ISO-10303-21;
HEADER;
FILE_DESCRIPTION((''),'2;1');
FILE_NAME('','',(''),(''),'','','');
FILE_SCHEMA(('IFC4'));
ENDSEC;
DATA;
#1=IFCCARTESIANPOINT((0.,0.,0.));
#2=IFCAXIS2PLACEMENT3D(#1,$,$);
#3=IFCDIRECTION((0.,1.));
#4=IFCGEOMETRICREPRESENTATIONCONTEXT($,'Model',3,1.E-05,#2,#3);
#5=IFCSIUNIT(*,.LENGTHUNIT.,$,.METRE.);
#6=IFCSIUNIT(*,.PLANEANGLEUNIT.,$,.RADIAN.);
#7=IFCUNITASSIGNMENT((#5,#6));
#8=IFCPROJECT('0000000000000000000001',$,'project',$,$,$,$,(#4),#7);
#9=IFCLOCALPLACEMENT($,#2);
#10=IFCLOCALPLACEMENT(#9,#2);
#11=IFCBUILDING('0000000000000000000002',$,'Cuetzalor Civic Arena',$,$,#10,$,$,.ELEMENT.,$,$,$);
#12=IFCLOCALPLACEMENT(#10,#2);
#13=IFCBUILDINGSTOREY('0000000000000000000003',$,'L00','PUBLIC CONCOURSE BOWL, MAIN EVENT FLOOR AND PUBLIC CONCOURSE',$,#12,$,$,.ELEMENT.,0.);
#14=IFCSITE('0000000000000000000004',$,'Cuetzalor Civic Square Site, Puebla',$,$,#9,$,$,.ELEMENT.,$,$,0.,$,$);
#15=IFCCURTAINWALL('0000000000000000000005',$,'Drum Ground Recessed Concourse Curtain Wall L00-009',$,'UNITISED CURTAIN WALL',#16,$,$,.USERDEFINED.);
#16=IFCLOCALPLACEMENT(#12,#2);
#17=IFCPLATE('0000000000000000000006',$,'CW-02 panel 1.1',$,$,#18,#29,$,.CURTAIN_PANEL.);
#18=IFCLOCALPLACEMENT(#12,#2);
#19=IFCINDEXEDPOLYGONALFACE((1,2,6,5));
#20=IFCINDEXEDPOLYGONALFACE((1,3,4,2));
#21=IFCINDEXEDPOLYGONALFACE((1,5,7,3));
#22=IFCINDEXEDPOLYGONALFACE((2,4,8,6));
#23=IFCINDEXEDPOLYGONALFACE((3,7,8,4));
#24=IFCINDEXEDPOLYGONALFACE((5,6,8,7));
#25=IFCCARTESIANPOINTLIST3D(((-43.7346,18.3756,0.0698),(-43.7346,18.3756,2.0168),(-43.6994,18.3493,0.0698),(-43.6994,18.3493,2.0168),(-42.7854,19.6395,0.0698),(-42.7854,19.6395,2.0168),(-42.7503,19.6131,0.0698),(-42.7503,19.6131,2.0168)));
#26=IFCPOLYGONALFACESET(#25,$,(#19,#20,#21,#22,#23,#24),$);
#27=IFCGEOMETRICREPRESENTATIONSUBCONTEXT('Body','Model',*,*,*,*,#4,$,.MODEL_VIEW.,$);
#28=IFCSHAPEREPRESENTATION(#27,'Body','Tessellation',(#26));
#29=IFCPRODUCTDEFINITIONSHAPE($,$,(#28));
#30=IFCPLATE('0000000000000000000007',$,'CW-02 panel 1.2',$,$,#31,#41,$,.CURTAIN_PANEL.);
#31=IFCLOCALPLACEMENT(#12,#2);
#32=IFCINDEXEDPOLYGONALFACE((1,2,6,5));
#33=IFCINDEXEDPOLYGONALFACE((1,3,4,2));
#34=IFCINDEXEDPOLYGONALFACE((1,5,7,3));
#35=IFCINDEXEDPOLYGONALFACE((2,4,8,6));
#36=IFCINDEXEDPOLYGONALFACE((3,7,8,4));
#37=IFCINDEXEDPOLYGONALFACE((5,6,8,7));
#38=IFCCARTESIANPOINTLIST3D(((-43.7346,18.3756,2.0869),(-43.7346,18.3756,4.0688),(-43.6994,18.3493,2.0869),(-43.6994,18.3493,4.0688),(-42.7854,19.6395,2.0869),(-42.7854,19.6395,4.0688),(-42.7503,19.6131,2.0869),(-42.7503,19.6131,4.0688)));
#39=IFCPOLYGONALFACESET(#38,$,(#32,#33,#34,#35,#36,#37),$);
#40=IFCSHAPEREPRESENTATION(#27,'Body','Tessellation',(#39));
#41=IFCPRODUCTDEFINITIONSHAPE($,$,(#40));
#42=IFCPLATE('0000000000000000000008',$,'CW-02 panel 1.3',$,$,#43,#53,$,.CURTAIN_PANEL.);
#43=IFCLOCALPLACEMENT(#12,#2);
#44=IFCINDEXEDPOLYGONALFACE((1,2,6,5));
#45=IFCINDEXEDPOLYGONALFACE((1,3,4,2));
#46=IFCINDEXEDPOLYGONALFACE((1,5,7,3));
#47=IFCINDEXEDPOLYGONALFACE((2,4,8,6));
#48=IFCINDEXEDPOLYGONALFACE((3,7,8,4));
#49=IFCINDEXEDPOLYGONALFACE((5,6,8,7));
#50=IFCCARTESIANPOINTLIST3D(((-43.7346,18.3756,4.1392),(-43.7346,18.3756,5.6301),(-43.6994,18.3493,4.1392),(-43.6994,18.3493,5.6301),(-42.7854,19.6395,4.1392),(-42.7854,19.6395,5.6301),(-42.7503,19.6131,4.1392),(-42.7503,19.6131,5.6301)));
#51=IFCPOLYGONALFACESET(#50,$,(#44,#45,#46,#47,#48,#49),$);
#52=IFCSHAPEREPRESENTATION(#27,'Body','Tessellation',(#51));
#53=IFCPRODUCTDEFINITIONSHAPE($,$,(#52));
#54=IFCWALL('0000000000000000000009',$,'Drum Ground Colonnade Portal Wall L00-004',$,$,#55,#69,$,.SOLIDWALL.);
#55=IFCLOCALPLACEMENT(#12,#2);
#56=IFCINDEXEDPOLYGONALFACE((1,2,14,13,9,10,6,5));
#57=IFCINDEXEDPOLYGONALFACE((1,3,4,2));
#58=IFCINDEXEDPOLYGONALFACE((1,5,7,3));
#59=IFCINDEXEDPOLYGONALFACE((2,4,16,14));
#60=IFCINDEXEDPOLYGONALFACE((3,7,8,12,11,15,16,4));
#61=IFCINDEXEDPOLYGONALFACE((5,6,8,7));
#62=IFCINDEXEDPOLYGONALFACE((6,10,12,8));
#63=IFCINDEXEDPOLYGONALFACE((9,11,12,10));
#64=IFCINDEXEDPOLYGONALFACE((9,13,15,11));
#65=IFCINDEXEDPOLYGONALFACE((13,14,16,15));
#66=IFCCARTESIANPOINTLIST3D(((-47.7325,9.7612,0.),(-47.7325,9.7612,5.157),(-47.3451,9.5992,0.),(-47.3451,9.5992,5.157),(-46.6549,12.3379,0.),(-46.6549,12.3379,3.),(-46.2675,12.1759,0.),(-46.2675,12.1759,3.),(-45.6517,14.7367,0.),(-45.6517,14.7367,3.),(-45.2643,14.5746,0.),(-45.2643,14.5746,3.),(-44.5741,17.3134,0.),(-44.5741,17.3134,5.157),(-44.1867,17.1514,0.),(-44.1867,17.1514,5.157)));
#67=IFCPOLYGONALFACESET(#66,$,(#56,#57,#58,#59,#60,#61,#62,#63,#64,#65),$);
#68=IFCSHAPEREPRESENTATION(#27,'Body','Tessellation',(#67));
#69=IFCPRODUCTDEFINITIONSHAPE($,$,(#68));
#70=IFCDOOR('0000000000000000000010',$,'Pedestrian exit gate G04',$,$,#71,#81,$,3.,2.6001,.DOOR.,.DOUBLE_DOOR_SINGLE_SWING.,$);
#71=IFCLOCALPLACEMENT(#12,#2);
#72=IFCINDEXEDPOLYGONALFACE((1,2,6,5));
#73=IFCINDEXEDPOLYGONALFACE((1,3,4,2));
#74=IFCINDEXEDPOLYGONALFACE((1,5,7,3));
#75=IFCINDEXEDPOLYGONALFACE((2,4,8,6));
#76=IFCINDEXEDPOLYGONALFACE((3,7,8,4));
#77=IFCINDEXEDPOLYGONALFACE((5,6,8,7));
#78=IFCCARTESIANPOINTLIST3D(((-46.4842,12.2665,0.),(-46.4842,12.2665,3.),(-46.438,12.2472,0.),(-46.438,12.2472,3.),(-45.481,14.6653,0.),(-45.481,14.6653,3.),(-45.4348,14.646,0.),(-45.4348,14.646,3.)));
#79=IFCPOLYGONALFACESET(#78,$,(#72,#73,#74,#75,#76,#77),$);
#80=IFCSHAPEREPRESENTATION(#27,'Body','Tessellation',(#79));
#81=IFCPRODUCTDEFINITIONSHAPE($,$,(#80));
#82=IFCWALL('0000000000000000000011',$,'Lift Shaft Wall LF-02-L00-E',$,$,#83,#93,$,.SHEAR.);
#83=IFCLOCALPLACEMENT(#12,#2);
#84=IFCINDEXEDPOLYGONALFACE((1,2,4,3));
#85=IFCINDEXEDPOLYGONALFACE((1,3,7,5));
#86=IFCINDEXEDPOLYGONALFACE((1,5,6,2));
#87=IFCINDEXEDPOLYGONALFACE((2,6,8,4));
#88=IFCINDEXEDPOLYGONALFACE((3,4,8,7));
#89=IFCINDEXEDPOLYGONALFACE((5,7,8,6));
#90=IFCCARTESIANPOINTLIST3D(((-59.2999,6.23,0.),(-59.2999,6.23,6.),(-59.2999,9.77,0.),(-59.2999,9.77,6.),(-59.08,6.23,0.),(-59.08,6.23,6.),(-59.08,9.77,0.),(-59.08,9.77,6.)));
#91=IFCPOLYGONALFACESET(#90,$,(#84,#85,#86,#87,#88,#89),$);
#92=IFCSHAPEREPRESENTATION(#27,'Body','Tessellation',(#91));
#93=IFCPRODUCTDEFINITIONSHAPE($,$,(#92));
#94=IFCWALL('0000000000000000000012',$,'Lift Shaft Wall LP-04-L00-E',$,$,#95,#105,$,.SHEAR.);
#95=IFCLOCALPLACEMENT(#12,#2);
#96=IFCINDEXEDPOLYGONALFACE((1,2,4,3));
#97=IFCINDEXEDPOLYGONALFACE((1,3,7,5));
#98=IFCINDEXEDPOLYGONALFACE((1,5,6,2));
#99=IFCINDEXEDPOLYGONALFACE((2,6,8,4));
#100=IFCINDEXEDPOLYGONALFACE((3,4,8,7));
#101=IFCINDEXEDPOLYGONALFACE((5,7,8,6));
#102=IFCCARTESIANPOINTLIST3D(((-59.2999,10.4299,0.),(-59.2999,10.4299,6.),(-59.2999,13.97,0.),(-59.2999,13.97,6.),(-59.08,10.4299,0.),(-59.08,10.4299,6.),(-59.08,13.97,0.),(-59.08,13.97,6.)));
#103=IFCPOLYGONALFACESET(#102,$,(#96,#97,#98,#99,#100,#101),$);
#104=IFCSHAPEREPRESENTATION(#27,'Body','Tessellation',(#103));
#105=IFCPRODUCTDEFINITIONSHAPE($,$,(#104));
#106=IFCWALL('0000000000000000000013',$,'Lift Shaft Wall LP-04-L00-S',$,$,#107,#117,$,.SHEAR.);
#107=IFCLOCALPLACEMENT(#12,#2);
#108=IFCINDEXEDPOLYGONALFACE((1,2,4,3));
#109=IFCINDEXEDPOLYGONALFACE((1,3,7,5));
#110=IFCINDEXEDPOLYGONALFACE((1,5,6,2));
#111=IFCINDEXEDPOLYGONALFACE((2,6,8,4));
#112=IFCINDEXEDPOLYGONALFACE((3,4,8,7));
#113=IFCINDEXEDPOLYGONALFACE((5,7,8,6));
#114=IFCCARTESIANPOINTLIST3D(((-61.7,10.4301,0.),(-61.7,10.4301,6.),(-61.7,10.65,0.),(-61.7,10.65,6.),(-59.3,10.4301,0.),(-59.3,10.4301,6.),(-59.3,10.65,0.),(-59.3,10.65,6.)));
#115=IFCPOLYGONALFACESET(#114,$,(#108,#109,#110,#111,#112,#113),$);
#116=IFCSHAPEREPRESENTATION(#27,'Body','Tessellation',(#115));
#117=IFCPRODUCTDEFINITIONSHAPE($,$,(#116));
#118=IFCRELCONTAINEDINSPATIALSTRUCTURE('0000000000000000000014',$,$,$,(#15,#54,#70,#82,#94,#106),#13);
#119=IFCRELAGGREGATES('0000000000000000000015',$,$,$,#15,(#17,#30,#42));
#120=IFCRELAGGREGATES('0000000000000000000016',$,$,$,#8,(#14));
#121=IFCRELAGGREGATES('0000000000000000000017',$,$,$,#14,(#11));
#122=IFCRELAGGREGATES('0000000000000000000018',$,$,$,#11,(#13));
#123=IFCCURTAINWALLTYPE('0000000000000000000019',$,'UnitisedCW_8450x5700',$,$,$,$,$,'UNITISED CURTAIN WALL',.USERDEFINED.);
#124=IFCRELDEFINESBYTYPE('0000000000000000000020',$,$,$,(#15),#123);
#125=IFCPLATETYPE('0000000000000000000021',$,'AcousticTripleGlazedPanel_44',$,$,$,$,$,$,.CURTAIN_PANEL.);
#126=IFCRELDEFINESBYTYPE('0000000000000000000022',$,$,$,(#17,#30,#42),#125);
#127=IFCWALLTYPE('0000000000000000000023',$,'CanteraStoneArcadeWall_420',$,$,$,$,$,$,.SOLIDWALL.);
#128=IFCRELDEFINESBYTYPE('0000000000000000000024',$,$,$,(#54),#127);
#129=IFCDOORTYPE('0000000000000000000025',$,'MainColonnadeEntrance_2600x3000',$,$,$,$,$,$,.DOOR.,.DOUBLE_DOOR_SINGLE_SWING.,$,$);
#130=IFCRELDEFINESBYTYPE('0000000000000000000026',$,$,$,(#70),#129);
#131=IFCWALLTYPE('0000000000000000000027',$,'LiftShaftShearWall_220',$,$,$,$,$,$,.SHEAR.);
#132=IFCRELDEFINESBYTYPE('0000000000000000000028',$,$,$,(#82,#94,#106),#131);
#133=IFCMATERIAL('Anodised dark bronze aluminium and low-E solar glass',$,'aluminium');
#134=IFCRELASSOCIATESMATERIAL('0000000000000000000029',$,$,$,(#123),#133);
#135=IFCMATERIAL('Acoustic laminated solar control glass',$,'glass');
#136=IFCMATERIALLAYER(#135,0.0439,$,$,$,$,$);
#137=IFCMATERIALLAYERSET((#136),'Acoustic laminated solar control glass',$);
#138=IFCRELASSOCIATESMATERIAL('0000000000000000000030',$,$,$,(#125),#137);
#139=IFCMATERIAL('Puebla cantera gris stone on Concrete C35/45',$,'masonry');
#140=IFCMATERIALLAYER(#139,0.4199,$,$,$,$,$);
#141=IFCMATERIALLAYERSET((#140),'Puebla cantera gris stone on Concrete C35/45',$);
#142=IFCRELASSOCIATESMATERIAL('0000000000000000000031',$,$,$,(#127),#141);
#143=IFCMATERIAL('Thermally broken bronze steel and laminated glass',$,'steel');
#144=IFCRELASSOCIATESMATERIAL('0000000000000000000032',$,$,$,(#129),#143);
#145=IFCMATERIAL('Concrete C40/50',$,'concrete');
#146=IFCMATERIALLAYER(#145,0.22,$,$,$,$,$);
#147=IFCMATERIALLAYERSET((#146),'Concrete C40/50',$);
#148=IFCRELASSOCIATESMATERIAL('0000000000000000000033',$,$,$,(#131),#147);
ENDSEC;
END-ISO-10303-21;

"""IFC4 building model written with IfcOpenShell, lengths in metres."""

from ifc_helpers import new_model, si_unit, direction, frame, frame_2d, origin, origin_2d, place, context, subcontext, project, spatial, rectangle, extrude, material, layer, layer_set, type_object, element, fill, aggregate, save


model = new_model("IFC4")

# Units and contexts
model_context = context("Model", 3, precision=1e-05, world=origin(), true_north=direction((0.0, 1.0)))
body_context = subcontext(model_context, "Body", "Model", "MODEL_VIEW")
ifc_project = project(units=[si_unit("LENGTHUNIT", "METRE"), si_unit("PLANEANGLEUNIT", "RADIAN")], contexts=[model_context])

# Site, building, storey
site_placement = place(None, origin())
site = spatial("IfcSite", under=ifc_project, at=site_placement, Name="Cuetzalor Civic Square Site, Puebla", CompositionType="ELEMENT", RefElevation=0.0)
building_placement = place(site_placement, origin())
building = spatial("IfcBuilding", under=site, at=building_placement, Name="Cuetzalor Civic Arena", CompositionType="ELEMENT")
storey_placement = place(building_placement, origin())
storey = spatial("IfcBuildingStorey", under=building, at=storey_placement, Name="L00", Description="PUBLIC CONCOURSE BOWL, MAIN EVENT FLOOR AND PUBLIC CONCOURSE", CompositionType="ELEMENT", Elevation=0.0)

# Curtain wall
ifc_material_1 = material(Name="Anodised dark bronze aluminium and low-E solar glass", Category="aluminium")
curtain_wall_type = type_object("IfcCurtainWallType", Name="UnitisedCW_8450x5700", ElementType="UNITISED CURTAIN WALL", PredefinedType="USERDEFINED", material=ifc_material_1)
curtain_wall_placement = place(storey_placement, origin())
curtain_wall = element("IfcCurtainWall", 1, at=curtain_wall_placement, inside=storey, type_object=curtain_wall_type, Name="Drum Ground Recessed Concourse Curtain Wall L00-009", ObjectType="UNITISED CURTAIN WALL", PredefinedType="USERDEFINED")

# Plates
ifc_material_2 = material(Name="Acoustic laminated solar control glass", Category="glass")
ifc_layer_1 = layer(ifc_material_2, 0.0439)
ifc_layer_set_1 = layer_set([ifc_layer_1], Name="Acoustic laminated solar control glass")
plate_type = type_object("IfcPlateType", Name="AcousticTripleGlazedPanel_44", PredefinedType="CURTAIN_PANEL", material=ifc_layer_set_1)
plate_1_placement = place(storey_placement, frame((-43.2424, 18.9944, 0.0698), z_axis=(0.0, 0.0, 1.0), x_axis=(0.600492, 0.799631, 0.0)))
plate_1 = element("IfcPlate", 2, at=plate_1_placement, type_object=plate_type, Name="CW-02 panel 1.1", PredefinedType="CURTAIN_PANEL", context=body_context, shape_type="SweptSolid", body=[
    extrude(rectangle(XDim=1.5806, YDim=0.0439, at=origin_2d()), origin(), (0.0, 0.0, 1.0), 1.947),
])
plate_2_placement = place(storey_placement, frame((-43.2424, 18.9944, 2.0869), z_axis=(0.0, 0.0, 1.0), x_axis=(0.600492, 0.799631, 0.0)))
plate_2 = element("IfcPlate", 3, at=plate_2_placement, type_object=plate_type, Name="CW-02 panel 1.2", PredefinedType="CURTAIN_PANEL", context=body_context, shape_type="SweptSolid", body=[
    extrude(rectangle(XDim=1.5806, YDim=0.0439, at=origin_2d()), origin(), (0.0, 0.0, 1.0), 1.9819),
])
plate_3_placement = place(storey_placement, frame((-43.2424, 18.9944, 4.1392), z_axis=(0.0, 0.0, 1.0), x_axis=(0.600492, 0.799631, 0.0)))
plate_3 = element("IfcPlate", 4, at=plate_3_placement, type_object=plate_type, Name="CW-02 panel 1.3", PredefinedType="CURTAIN_PANEL", context=body_context, shape_type="SweptSolid", body=[
    extrude(rectangle(XDim=1.5806, YDim=0.0439, at=origin_2d()), origin(), (0.0, 0.0, 1.0), 1.491),
])
aggregate(curtain_wall, [plate_1, plate_2, plate_3])

# Wall, opening, door
ifc_material_3 = material(Name="Puebla cantera gris stone on Concrete C35/45", Category="masonry")
ifc_layer_2 = layer(ifc_material_3, 0.4199)
ifc_layer_set_2 = layer_set([ifc_layer_2], Name="Puebla cantera gris stone on Concrete C35/45")
wall_type_1 = type_object("IfcWallType", Name="CanteraStoneArcadeWall_420", PredefinedType="SOLIDWALL", material=ifc_layer_set_2)
wall_1_placement = place(storey_placement, frame((-47.5388, 9.6802, 0.0), z_axis=(0.0, 0.0, 1.0), x_axis=(0.385831, 0.92257, 0.0)))
wall_1 = element("IfcWall", 5, at=wall_1_placement, inside=storey, type_object=wall_type_1, Name="Drum Ground Colonnade Portal Wall L00-004", PredefinedType="SOLIDWALL", context=body_context, shape_type="SweptSolid", body=[
    extrude(rectangle(XDim=8.186, YDim=0.4199, at=frame_2d((4.093, 0.0))), origin(), (0.0, 0.0, 1.0), 5.157),
])
opening_placement = place(wall_1_placement, frame((2.793, 0.0, 0.0)))
opening = element("IfcOpeningElement", 6, at=opening_placement, cuts=wall_1, PredefinedType="OPENING", context=body_context, shape_type="SweptSolid", body=[
    extrude(rectangle(XDim=2.6001, YDim=3.0, at=frame_2d((1.3, 1.5))), frame((0.0, 0.22, 0.0), z_axis=(0.0, -1.0, 0.0), x_axis=(1.0, 0.0, 0.0)), (0.0, 0.0, 1.0), 0.4399),
])
ifc_material_4 = material(Name="Thermally broken bronze steel and laminated glass", Category="steel")
door_type = type_object("IfcDoorType", Name="MainColonnadeEntrance_2600x3000", OperationType="DOUBLE_DOOR_SINGLE_SWING", PredefinedType="DOOR", material=ifc_material_4)
door_placement = place(opening_placement, origin())
door = element("IfcDoor", 7, at=door_placement, inside=storey, type_object=door_type, Name="Pedestrian exit gate G04", OperationType="DOUBLE_DOOR_SINGLE_SWING", OverallHeight=3.0, OverallWidth=2.6001, PredefinedType="DOOR", context=body_context, shape_type="SweptSolid", body=[
    extrude(rectangle(XDim=2.6001, YDim=3.0, at=frame_2d((1.3, 1.5))), frame((0.0, 0.0249, 0.0), z_axis=(0.0, -1.0, 0.0), x_axis=(1.0, 0.0, 0.0)), (0.0, 0.0, 1.0), 0.05),
])
fill(opening, door)

# Walls
ifc_material_5 = material(Name="Concrete C40/50", Category="concrete")
ifc_layer_3 = layer(ifc_material_5, 0.22)
ifc_layer_set_3 = layer_set([ifc_layer_3], Name="Concrete C40/50")
wall_type_2 = type_object("IfcWallType", Name="LiftShaftShearWall_220", PredefinedType="SHEAR", material=ifc_layer_set_3)
for number, where, z_axis, x_axis, name in (
    (8, (-59.1899, 9.77, 0.0), (0.0, 0.0, 1.0), (0.0, -1.0, 0.0), "Lift Shaft Wall LF-02-L00-E"),
    (9, (-59.1899, 13.97, 0.0), (0.0, 0.0, 1.0), (0.0, -1.0, 0.0), "Lift Shaft Wall LP-04-L00-E"),
):
    element("IfcWall", number, at=place(storey_placement, frame(where, z_axis=z_axis, x_axis=x_axis)), inside=storey, type_object=wall_type_2, Name=name, PredefinedType="SHEAR", context=body_context, shape_type="SweptSolid", body=[
        extrude(rectangle(XDim=3.54, YDim=0.22, at=frame_2d((1.77, 0.0))), origin(), (0.0, 0.0, 1.0), 6.0),
    ])
wall_2_placement = place(storey_placement, frame((-59.3, 10.54, 0.0), z_axis=(0.0, 0.0, 1.0), x_axis=(-1.0, 0.0, 0.0)))
element("IfcWall", 10, at=wall_2_placement, inside=storey, type_object=wall_type_2, Name="Lift Shaft Wall LP-04-L00-S", PredefinedType="SHEAR", context=body_context, shape_type="SweptSolid", body=[
    extrude(rectangle(XDim=2.3999, YDim=0.22, at=frame_2d((1.2, 0.0))), origin(), (0.0, 0.0, 1.0), 6.0),
])

save(model, "model.ifc")
